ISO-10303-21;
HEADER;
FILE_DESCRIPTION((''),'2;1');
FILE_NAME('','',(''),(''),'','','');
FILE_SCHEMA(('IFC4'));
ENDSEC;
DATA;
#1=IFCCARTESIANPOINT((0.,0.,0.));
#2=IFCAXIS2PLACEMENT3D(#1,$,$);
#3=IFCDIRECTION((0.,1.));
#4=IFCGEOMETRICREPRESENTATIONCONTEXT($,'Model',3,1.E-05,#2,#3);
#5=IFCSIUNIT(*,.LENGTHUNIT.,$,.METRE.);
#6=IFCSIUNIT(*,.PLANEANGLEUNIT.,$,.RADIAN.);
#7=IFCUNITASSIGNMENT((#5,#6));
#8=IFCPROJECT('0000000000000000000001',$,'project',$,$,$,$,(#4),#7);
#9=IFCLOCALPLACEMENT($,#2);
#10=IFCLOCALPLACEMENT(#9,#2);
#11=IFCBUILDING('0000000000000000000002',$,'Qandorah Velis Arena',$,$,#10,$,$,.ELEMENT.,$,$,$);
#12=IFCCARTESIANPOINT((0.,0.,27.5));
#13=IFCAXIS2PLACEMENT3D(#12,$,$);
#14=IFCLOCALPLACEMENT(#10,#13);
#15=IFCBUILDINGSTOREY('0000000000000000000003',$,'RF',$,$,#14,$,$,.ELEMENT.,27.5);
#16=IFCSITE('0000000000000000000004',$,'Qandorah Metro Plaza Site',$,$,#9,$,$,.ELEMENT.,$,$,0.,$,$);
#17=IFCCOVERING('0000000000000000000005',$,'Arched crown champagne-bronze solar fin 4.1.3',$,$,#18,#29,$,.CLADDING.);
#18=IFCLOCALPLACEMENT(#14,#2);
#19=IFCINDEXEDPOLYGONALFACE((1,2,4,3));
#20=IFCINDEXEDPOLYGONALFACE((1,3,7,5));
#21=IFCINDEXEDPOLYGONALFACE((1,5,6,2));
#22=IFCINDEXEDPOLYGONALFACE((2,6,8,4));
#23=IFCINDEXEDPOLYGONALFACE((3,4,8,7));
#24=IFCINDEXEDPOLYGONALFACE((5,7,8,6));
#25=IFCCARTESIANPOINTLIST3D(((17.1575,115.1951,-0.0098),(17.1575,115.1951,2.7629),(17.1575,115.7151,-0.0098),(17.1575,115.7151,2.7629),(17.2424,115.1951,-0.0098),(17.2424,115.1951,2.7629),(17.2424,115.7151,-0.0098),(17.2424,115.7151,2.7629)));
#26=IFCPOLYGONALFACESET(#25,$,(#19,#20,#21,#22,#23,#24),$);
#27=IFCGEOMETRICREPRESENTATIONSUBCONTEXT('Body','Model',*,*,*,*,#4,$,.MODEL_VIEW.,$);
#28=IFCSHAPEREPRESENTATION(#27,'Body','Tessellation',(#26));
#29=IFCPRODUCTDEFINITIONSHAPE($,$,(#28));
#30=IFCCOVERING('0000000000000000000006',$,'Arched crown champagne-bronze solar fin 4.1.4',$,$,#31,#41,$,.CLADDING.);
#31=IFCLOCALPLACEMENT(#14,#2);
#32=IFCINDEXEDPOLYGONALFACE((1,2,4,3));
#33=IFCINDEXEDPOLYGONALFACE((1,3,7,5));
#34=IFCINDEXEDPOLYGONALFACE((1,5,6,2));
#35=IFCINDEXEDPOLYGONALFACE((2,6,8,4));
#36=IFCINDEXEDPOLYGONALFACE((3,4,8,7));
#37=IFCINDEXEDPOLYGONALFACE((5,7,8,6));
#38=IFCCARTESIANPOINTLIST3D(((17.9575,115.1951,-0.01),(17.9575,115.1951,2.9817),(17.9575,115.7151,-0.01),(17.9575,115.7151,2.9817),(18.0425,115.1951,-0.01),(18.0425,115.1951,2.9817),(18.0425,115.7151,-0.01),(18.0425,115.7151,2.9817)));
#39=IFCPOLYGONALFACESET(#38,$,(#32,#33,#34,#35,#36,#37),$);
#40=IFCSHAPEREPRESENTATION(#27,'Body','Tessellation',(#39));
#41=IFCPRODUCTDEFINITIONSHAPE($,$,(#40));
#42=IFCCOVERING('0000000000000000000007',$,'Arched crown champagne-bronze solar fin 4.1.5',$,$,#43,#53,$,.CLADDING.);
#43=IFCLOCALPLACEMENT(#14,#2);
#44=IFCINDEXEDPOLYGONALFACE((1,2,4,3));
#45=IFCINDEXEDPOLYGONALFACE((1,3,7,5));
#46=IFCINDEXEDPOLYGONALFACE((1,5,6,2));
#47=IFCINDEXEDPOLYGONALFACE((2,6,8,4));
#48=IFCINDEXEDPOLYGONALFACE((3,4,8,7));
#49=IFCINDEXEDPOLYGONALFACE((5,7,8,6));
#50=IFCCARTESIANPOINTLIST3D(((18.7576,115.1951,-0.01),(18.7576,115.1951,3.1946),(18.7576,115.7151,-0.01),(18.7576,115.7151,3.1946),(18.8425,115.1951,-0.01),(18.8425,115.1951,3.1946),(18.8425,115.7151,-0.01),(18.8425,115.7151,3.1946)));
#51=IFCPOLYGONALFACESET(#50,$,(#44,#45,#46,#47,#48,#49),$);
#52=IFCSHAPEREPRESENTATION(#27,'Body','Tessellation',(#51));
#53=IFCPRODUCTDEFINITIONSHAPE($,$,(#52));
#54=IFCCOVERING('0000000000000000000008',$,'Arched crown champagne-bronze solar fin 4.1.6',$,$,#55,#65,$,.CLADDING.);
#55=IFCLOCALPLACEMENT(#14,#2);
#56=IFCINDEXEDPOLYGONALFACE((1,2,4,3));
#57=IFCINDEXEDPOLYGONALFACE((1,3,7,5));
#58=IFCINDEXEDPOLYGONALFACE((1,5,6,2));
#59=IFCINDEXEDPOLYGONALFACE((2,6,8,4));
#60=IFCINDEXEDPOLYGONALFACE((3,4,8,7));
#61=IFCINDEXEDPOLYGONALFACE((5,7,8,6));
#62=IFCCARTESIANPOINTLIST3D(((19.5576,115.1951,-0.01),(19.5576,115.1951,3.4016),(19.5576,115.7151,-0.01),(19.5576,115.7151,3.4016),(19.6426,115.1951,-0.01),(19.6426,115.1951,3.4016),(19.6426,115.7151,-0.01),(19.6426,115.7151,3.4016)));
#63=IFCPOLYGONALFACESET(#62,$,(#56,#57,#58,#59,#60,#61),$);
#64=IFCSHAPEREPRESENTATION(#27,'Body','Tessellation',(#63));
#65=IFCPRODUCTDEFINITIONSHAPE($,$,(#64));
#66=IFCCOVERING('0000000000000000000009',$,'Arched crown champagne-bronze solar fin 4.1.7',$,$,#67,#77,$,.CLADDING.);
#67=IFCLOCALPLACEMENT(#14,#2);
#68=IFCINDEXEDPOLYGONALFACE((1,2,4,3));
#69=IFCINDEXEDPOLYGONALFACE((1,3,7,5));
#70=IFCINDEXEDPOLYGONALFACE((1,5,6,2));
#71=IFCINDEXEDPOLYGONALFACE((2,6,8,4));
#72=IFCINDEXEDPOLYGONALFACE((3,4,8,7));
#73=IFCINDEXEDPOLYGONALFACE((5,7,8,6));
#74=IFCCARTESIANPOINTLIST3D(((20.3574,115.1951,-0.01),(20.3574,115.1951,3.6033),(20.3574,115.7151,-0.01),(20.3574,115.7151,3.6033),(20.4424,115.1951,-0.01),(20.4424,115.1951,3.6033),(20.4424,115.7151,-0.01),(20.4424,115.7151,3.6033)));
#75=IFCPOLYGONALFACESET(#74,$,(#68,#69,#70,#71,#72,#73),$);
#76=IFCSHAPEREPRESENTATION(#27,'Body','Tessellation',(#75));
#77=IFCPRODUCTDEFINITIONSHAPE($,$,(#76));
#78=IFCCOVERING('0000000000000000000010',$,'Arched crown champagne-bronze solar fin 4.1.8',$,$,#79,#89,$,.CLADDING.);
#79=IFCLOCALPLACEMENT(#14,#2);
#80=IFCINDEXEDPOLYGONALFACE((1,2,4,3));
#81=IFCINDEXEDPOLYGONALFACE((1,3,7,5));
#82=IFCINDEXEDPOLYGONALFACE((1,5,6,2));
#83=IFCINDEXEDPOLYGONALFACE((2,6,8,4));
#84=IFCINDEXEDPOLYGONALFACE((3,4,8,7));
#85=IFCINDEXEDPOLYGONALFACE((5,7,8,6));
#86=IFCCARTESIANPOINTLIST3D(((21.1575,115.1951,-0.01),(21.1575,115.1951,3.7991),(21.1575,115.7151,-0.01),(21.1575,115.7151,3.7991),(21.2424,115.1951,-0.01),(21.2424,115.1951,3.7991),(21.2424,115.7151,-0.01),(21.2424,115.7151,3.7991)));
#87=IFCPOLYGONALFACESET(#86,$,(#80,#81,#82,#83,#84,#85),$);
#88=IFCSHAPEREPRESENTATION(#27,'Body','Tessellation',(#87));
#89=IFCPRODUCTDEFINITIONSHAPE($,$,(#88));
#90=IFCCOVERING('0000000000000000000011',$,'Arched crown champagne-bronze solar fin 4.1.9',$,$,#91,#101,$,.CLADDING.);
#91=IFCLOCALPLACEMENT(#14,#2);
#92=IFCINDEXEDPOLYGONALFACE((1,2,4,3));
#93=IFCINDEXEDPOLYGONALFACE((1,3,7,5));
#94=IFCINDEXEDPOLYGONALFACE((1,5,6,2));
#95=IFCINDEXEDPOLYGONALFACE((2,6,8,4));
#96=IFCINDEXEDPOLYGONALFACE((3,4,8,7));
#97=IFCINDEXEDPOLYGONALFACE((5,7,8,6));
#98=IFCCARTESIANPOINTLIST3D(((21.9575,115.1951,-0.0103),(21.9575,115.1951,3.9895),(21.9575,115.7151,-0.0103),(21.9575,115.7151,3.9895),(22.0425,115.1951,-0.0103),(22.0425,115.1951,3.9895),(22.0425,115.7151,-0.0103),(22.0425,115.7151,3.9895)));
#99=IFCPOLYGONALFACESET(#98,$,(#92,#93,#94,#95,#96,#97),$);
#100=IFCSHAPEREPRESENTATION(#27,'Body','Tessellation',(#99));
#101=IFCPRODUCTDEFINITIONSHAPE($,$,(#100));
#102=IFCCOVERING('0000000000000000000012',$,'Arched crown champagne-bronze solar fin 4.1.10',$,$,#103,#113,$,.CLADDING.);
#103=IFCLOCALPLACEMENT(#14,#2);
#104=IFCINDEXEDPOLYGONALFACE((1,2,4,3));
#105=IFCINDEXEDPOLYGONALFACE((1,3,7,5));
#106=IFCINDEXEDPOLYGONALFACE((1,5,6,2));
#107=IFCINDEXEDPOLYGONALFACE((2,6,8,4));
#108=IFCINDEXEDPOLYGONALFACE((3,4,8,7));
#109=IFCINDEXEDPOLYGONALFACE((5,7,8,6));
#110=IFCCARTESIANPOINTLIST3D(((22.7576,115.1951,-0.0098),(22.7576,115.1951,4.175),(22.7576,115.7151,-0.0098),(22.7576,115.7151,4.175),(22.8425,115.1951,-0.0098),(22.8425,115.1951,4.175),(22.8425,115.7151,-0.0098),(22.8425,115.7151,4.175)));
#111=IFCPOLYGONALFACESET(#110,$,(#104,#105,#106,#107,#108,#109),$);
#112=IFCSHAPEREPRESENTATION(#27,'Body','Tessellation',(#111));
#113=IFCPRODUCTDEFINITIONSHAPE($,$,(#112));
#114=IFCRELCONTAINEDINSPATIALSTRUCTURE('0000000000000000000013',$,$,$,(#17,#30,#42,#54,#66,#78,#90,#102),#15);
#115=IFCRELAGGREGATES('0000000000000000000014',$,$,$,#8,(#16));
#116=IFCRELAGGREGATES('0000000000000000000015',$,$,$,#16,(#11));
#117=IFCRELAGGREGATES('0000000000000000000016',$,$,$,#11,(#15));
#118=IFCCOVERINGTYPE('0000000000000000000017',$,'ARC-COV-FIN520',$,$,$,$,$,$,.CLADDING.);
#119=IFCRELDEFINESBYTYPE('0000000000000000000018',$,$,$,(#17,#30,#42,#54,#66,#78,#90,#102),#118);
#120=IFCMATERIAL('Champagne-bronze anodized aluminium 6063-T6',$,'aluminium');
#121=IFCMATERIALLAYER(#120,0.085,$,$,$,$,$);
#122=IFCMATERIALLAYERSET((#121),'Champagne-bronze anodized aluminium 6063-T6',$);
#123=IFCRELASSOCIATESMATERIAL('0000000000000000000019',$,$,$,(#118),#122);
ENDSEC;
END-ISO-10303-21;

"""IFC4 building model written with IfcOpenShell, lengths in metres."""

from ifc_helpers import new_model, si_unit, direction, frame, origin, origin_2d, place, context, subcontext, project, spatial, rectangle, extrude, material, layer, layer_set, type_object, element, save


model = new_model("IFC4")

# Units and contexts
model_context = context("Model", 3, precision=1e-05, world=origin(), true_north=direction((0.0, 1.0)))
body_context = subcontext(model_context, "Body", "Model", "MODEL_VIEW")
ifc_project = project(units=[si_unit("LENGTHUNIT", "METRE"), si_unit("PLANEANGLEUNIT", "RADIAN")], contexts=[model_context])

# Site, building, storey
site_placement = place(None, origin())
site = spatial("IfcSite", under=ifc_project, at=site_placement, Name="Qandorah Metro Plaza Site", CompositionType="ELEMENT", RefElevation=0.0)
building_placement = place(site_placement, origin())
building = spatial("IfcBuilding", under=site, at=building_placement, Name="Qandorah Velis Arena", CompositionType="ELEMENT")
storey_placement = place(building_placement, frame((0.0, 0.0, 27.5)))
storey = spatial("IfcBuildingStorey", under=building, at=storey_placement, Name="RF", CompositionType="ELEMENT", Elevation=27.5)

# Shared definitions
ifc_material_1 = material(Name="Champagne-bronze anodized aluminium 6063-T6", Category="aluminium")

# Coverings
ifc_layer_1 = layer(ifc_material_1, 0.085)
ifc_layer_set_1 = layer_set([ifc_layer_1], Name="Champagne-bronze anodized aluminium 6063-T6")
covering_type = type_object("IfcCoveringType", Name="ARC-COV-FIN520", PredefinedType="CLADDING", material=ifc_layer_set_1)
covering_1_placement = place(storey_placement, frame((17.2, 115.4551, -0.0098), z_axis=(0.0, 0.0, 1.0), x_axis=(1.0, 0.0, 0.0)))
element("IfcCovering", 1, at=covering_1_placement, inside=storey, type_object=covering_type, Name="Arched crown champagne-bronze solar fin 4.1.3", PredefinedType="CLADDING", context=body_context, shape_type="SweptSolid", body=[
    extrude(rectangle(XDim=0.085, YDim=0.52, at=origin_2d()), origin(), (0.0, 0.0, 1.0), 2.7727),
])
covering_2_placement = place(storey_placement, frame((18.0, 115.4551, -0.01), z_axis=(0.0, 0.0, 1.0), x_axis=(1.0, 0.0, 0.0)))
element("IfcCovering", 2, at=covering_2_placement, inside=storey, type_object=covering_type, Name="Arched crown champagne-bronze solar fin 4.1.4", PredefinedType="CLADDING", context=body_context, shape_type="SweptSolid", body=[
    extrude(rectangle(XDim=0.085, YDim=0.52, at=origin_2d()), origin(), (0.0, 0.0, 1.0), 2.9917),
])
covering_3_placement = place(storey_placement, frame((18.8, 115.4551, -0.01), z_axis=(0.0, 0.0, 1.0), x_axis=(1.0, 0.0, 0.0)))
element("IfcCovering", 3, at=covering_3_placement, inside=storey, type_object=covering_type, Name="Arched crown champagne-bronze solar fin 4.1.5", PredefinedType="CLADDING", context=body_context, shape_type="SweptSolid", body=[
    extrude(rectangle(XDim=0.085, YDim=0.52, at=origin_2d()), origin(), (0.0, 0.0, 1.0), 3.2046),
])
covering_4_placement = place(storey_placement, frame((19.6001, 115.4551, -0.01), z_axis=(0.0, 0.0, 1.0), x_axis=(1.0, 0.0, 0.0)))
element("IfcCovering", 4, at=covering_4_placement, inside=storey, type_object=covering_type, Name="Arched crown champagne-bronze solar fin 4.1.6", PredefinedType="CLADDING", context=body_context, shape_type="SweptSolid", body=[
    extrude(rectangle(XDim=0.085, YDim=0.52, at=origin_2d()), origin(), (0.0, 0.0, 1.0), 3.4116),
])
covering_5_placement = place(storey_placement, frame((20.3999, 115.4551, -0.01), z_axis=(0.0, 0.0, 1.0), x_axis=(1.0, 0.0, 0.0)))
element("IfcCovering", 5, at=covering_5_placement, inside=storey, type_object=covering_type, Name="Arched crown champagne-bronze solar fin 4.1.7", PredefinedType="CLADDING", context=body_context, shape_type="SweptSolid", body=[
    extrude(rectangle(XDim=0.085, YDim=0.52, at=origin_2d()), origin(), (0.0, 0.0, 1.0), 3.6133),
])
covering_6_placement = place(storey_placement, frame((21.2, 115.4551, -0.01), z_axis=(0.0, 0.0, 1.0), x_axis=(1.0, 0.0, 0.0)))
element("IfcCovering", 6, at=covering_6_placement, inside=storey, type_object=covering_type, Name="Arched crown champagne-bronze solar fin 4.1.8", PredefinedType="CLADDING", context=body_context, shape_type="SweptSolid", body=[
    extrude(rectangle(XDim=0.085, YDim=0.52, at=origin_2d()), origin(), (0.0, 0.0, 1.0), 3.8091),
])
covering_7_placement = place(storey_placement, frame((22.0, 115.4551, -0.0103), z_axis=(0.0, 0.0, 1.0), x_axis=(1.0, 0.0, 0.0)))
element("IfcCovering", 7, at=covering_7_placement, inside=storey, type_object=covering_type, Name="Arched crown champagne-bronze solar fin 4.1.9", PredefinedType="CLADDING", context=body_context, shape_type="SweptSolid", body=[
    extrude(rectangle(XDim=0.085, YDim=0.52, at=origin_2d()), origin(), (0.0, 0.0, 1.0), 3.9998),
])
covering_8_placement = place(storey_placement, frame((22.8, 115.4551, -0.0098), z_axis=(0.0, 0.0, 1.0), x_axis=(1.0, 0.0, 0.0)))
element("IfcCovering", 8, at=covering_8_placement, inside=storey, type_object=covering_type, Name="Arched crown champagne-bronze solar fin 4.1.10", PredefinedType="CLADDING", context=body_context, shape_type="SweptSolid", body=[
    extrude(rectangle(XDim=0.085, YDim=0.52, at=origin_2d()), origin(), (0.0, 0.0, 1.0), 4.1848),
])

save(model, "model.ifc")
